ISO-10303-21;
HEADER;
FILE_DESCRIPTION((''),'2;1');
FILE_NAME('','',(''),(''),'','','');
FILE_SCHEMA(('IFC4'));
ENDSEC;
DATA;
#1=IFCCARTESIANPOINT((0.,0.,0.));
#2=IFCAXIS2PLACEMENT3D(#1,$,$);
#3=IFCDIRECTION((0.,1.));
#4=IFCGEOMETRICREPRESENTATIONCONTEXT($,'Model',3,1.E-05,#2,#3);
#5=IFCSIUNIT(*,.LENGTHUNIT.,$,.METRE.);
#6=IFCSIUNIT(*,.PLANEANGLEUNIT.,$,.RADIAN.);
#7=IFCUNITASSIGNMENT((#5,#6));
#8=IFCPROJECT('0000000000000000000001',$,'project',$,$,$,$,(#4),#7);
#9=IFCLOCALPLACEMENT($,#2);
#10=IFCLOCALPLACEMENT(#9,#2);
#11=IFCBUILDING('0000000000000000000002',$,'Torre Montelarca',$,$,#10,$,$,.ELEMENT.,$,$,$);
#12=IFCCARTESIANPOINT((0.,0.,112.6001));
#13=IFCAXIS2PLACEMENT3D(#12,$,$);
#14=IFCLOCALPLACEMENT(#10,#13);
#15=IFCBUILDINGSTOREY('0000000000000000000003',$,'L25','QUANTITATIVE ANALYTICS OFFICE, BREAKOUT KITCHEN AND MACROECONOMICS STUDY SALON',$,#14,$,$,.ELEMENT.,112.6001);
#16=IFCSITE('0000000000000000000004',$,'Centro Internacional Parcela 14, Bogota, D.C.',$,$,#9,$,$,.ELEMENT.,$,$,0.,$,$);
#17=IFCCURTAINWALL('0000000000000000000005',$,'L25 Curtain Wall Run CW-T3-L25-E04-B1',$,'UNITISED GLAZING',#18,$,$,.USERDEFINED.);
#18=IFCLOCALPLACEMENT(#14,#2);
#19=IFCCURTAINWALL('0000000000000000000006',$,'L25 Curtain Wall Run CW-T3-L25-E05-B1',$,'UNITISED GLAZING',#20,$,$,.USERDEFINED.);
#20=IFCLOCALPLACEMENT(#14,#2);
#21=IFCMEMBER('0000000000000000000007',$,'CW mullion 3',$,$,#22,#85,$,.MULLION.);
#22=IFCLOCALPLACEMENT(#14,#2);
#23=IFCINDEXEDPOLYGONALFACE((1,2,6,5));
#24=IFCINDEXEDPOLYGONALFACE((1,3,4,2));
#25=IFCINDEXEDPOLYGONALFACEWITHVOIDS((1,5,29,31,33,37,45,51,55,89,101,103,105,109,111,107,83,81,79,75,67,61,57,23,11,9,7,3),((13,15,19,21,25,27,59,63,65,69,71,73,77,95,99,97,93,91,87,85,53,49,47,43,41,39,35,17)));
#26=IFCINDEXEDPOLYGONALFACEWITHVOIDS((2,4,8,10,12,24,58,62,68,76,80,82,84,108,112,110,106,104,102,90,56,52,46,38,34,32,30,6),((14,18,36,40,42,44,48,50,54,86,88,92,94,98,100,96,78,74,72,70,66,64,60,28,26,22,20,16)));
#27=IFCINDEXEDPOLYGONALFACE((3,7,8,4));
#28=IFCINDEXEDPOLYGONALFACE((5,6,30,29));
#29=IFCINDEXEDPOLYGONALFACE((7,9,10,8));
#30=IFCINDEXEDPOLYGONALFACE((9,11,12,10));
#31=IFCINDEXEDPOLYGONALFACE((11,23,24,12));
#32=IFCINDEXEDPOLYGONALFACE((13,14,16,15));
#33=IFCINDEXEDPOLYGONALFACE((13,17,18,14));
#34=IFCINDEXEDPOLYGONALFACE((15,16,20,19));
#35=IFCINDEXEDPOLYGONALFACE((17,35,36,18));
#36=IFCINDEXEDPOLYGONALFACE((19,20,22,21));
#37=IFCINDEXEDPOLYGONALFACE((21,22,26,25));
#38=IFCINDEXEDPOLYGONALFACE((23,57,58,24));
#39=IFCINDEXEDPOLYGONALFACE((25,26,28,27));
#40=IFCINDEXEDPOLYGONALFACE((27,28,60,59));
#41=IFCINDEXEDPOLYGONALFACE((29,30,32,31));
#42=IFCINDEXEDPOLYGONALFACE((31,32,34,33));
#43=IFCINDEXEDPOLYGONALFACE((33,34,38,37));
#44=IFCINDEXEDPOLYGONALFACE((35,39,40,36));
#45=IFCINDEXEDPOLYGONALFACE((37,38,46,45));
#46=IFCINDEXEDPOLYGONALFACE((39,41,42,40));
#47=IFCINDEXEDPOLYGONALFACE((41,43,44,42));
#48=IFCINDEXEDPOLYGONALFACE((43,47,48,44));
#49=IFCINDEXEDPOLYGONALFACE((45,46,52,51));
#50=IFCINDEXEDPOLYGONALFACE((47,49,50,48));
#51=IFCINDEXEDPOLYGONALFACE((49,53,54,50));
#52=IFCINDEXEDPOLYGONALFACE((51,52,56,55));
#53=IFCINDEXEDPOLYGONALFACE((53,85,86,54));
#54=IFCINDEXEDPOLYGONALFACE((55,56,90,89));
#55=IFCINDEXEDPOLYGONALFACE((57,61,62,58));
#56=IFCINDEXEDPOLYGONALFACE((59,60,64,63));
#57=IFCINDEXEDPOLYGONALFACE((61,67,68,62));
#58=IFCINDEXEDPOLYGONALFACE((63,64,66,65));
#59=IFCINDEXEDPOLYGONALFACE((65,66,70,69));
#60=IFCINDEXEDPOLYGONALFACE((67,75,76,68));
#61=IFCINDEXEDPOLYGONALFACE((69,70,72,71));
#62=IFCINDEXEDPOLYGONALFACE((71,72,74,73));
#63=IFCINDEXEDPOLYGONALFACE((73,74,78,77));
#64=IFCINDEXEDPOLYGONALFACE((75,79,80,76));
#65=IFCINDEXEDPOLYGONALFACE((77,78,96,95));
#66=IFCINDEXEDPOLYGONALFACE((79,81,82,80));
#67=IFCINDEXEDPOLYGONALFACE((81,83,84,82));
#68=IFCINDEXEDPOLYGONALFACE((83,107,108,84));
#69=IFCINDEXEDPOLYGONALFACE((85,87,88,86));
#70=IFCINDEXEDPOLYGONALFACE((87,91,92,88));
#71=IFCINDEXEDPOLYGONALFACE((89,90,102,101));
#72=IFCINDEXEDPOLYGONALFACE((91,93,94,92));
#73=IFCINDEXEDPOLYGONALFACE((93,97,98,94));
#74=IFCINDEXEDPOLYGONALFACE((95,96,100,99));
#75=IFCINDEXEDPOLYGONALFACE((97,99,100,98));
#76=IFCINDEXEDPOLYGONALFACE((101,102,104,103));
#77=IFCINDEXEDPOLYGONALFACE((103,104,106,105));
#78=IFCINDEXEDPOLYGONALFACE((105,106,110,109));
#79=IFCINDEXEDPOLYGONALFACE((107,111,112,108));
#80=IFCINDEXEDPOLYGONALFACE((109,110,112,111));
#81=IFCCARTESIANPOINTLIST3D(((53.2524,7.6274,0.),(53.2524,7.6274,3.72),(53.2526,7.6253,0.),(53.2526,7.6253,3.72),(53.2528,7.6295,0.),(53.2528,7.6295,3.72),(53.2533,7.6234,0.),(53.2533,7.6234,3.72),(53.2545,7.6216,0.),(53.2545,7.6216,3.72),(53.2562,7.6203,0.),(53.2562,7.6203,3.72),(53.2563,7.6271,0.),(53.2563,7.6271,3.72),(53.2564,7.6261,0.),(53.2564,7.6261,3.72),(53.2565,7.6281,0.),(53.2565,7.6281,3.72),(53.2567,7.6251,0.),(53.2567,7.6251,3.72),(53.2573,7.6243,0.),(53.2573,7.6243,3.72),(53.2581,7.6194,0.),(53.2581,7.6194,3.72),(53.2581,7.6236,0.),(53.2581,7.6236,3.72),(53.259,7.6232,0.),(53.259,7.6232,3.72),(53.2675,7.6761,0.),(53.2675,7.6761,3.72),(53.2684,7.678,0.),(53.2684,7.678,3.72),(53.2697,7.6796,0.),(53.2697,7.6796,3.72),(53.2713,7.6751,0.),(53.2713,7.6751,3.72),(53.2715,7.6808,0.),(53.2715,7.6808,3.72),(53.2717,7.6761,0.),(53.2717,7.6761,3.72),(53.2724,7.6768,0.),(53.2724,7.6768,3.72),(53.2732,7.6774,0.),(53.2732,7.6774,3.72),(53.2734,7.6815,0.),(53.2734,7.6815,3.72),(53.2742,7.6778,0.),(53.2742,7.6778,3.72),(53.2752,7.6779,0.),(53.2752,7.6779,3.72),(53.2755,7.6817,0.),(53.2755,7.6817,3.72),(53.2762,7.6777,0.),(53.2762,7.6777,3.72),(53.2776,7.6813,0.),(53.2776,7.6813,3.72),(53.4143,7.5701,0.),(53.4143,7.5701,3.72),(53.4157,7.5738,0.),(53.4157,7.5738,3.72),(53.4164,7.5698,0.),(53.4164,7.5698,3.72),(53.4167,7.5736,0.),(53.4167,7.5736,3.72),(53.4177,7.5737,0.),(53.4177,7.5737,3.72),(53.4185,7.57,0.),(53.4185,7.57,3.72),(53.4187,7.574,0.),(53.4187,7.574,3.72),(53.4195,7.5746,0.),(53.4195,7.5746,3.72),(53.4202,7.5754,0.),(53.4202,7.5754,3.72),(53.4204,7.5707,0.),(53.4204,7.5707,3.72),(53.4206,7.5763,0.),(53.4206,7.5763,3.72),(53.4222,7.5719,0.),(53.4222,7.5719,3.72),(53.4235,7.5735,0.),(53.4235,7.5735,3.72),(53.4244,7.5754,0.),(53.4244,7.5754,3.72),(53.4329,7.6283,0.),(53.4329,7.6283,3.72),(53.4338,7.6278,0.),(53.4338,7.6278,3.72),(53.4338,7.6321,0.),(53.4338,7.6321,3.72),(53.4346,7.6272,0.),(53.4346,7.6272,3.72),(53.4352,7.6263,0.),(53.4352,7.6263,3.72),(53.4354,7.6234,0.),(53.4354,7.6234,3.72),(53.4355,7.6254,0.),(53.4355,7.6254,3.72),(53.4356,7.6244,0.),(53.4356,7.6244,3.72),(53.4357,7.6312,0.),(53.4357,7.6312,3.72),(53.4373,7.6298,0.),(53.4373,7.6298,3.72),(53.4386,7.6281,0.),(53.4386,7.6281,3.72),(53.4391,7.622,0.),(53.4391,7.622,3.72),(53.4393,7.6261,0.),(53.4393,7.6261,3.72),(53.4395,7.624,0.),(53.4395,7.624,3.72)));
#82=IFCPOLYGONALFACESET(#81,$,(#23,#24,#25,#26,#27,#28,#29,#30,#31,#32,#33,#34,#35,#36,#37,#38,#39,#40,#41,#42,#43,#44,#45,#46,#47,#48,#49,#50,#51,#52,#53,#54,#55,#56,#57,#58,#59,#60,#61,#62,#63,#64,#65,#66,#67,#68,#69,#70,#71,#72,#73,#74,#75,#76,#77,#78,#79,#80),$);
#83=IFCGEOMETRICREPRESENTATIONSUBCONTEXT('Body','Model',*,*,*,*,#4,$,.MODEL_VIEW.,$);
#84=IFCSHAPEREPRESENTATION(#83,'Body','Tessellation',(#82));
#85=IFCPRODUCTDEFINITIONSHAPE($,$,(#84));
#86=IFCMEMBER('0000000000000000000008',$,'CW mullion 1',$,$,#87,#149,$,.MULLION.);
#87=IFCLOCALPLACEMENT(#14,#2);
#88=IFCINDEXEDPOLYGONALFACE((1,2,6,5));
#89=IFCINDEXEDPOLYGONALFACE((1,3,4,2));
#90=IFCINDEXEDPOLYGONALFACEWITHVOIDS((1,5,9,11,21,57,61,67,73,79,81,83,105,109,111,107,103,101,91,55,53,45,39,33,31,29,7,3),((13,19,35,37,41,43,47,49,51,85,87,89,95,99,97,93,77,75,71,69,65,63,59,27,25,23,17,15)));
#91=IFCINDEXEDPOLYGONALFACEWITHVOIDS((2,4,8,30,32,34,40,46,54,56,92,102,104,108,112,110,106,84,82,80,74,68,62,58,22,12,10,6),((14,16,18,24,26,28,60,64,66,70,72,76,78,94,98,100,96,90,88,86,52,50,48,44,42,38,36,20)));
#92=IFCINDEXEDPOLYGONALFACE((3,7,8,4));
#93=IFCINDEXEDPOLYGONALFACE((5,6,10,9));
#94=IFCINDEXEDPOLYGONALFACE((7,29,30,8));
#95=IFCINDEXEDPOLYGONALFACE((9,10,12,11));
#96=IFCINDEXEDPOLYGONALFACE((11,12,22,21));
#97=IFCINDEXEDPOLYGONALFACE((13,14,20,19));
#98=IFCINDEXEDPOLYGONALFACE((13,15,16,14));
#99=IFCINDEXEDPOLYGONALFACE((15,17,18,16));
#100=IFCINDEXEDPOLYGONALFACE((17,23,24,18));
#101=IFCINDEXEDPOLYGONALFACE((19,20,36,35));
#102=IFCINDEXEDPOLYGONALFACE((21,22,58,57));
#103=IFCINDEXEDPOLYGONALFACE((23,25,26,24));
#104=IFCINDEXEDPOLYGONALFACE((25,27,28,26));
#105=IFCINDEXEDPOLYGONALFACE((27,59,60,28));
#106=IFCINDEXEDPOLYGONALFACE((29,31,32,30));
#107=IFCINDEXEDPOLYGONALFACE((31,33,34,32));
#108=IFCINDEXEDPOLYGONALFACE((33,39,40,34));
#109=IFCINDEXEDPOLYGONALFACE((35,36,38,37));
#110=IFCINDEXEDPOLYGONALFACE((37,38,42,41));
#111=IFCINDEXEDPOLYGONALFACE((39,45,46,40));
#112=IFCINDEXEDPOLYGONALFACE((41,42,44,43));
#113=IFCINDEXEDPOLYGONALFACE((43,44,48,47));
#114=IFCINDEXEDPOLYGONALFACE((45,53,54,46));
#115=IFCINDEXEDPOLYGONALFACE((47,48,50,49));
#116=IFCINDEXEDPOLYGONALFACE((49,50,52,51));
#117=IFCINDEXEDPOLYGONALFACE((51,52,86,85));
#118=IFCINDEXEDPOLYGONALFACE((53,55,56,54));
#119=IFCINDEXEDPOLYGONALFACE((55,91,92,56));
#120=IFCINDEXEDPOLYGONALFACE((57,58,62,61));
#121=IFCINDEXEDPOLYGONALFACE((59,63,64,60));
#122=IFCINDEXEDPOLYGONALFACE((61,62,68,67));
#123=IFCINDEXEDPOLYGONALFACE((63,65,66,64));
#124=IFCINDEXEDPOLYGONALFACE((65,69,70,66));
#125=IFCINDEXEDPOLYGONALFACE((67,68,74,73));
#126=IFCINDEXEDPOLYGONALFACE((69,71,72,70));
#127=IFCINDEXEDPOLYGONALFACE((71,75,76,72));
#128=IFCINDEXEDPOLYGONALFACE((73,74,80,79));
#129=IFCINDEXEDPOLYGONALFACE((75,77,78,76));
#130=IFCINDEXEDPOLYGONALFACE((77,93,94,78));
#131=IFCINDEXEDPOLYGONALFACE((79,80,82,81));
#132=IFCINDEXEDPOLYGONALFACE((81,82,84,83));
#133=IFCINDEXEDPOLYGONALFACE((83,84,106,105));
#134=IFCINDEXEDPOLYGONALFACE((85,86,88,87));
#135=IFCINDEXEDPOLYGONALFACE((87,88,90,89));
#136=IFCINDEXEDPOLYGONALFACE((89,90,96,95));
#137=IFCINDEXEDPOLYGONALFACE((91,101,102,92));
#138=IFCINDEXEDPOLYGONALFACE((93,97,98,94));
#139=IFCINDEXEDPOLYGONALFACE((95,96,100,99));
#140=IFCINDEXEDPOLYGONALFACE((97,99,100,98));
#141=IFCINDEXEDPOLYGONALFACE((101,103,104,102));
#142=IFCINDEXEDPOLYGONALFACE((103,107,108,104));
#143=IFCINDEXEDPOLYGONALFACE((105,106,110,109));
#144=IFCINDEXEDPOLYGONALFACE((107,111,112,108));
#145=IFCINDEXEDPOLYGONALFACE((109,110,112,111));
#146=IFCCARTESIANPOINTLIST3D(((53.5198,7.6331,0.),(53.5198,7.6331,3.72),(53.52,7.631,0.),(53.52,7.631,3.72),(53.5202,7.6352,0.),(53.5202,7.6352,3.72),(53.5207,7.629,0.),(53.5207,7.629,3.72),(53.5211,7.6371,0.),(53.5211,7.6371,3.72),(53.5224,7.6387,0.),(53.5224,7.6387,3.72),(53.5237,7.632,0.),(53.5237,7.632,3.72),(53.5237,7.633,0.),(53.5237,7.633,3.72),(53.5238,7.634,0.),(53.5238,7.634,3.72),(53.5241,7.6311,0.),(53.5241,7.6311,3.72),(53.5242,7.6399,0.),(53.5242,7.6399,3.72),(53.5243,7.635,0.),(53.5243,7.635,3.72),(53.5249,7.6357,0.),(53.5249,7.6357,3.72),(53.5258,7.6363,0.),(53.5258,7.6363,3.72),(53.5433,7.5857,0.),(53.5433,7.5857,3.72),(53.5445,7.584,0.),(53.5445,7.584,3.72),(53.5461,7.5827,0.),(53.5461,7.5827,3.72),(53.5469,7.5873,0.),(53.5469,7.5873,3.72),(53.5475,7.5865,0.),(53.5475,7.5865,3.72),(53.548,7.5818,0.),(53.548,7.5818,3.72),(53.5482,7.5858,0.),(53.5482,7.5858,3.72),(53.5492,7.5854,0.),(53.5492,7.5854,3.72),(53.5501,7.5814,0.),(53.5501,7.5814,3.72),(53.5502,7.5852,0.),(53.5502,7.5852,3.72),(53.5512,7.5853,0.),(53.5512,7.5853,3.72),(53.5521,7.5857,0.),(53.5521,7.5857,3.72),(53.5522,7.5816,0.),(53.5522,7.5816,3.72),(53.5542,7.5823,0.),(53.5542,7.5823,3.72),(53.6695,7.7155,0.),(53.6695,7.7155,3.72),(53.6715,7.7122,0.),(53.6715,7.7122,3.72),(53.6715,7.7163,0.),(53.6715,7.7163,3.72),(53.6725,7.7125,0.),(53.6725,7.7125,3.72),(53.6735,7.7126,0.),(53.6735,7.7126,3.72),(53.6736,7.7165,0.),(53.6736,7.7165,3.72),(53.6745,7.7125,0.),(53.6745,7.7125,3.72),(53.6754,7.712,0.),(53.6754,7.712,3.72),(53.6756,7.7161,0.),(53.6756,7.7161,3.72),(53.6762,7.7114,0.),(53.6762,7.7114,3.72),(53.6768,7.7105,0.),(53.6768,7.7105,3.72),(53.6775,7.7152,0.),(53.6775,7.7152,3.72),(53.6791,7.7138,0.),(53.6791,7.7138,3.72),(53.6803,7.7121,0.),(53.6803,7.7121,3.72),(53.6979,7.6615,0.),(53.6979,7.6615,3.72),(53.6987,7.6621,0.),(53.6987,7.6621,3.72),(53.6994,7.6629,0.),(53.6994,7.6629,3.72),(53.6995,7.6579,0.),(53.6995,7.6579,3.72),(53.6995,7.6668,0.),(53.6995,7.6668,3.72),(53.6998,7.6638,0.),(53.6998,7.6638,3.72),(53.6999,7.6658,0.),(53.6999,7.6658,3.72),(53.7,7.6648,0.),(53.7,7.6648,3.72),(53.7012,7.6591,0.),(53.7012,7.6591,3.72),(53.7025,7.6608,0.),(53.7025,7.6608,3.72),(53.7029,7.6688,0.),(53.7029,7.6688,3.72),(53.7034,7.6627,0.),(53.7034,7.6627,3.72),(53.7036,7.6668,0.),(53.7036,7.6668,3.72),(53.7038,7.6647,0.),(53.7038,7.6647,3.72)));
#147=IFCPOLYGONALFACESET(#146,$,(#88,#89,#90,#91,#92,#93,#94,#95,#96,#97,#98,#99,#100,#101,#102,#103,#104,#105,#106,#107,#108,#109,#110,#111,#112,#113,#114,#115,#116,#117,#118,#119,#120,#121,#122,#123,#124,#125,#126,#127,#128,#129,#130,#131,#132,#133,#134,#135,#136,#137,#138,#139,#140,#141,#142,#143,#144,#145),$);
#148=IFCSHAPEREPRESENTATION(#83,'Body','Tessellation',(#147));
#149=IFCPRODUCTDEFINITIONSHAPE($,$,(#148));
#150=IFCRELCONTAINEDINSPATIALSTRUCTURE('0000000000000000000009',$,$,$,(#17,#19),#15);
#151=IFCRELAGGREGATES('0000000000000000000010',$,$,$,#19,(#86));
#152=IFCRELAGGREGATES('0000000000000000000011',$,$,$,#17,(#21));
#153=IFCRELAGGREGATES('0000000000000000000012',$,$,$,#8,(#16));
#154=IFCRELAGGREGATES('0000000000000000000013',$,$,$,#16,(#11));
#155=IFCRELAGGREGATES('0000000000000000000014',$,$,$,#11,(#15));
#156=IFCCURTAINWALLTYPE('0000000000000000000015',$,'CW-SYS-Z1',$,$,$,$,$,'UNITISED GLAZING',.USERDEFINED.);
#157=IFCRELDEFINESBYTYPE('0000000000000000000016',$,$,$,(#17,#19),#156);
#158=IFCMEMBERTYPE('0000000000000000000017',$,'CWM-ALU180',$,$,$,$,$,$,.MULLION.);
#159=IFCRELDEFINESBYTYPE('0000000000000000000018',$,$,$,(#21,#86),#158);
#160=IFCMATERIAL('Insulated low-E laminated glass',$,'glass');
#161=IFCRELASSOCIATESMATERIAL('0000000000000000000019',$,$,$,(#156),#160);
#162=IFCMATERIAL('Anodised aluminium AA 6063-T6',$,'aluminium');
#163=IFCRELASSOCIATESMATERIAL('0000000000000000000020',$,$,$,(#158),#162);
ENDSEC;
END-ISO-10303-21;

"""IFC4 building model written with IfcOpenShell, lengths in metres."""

from ifc_helpers import new_model, si_unit, direction, frame, origin, origin_2d, place, context, subcontext, project, spatial, hollow_rectangle, extrude, source, transform, mapped, material, material_profile, profile_set, type_object, element, aggregate, save


model = new_model("IFC4")

# Units and contexts
model_context = context("Model", 3, precision=1e-05, world=origin(), true_north=direction((0.0, 1.0)))
body_context = subcontext(model_context, "Body", "Model", "MODEL_VIEW")
ifc_project = project(units=[si_unit("LENGTHUNIT", "METRE"), si_unit("PLANEANGLEUNIT", "RADIAN")], contexts=[model_context])

# Site, building, storey
site_placement = place(None, origin())
site = spatial("IfcSite", under=ifc_project, at=site_placement, Name="Centro Internacional Parcela 14, Bogota, D.C.", CompositionType="ELEMENT", RefElevation=0.0)
building_placement = place(site_placement, origin())
building = spatial("IfcBuilding", under=site, at=building_placement, Name="Torre Montelarca", CompositionType="ELEMENT")
storey_placement = place(building_placement, frame((0.0, 0.0, 112.6001)))
storey = spatial("IfcBuildingStorey", under=building, at=storey_placement, Name="L25", Description="QUANTITATIVE ANALYTICS OFFICE, BREAKOUT KITCHEN AND MACROECONOMICS STUDY SALON", CompositionType="ELEMENT", Elevation=112.6001)

# Curtain walls
ifc_material_1 = material(Name="Insulated low-E laminated glass", Category="glass")
curtain_wall_type = type_object("IfcCurtainWallType", Name="CW-SYS-Z1", ElementType="UNITISED GLAZING", PredefinedType="USERDEFINED", material=ifc_material_1)
curtain_wall_1_placement = place(storey_placement, origin())
curtain_wall_1 = element("IfcCurtainWall", 1, at=curtain_wall_1_placement, inside=storey, type_object=curtain_wall_type, Name="L25 Curtain Wall Run CW-T3-L25-E04-B1", ObjectType="UNITISED GLAZING", PredefinedType="USERDEFINED")
ifc_material_2 = material(Name="Anodised aluminium AA 6063-T6", Category="aluminium")
curtain_wall_2_placement = place(storey_placement, origin())
curtain_wall_2 = element("IfcCurtainWall", 2, at=curtain_wall_2_placement, inside=storey, type_object=curtain_wall_type, Name="L25 Curtain Wall Run CW-T3-L25-E05-B1", ObjectType="UNITISED GLAZING", PredefinedType="USERDEFINED")

# Members
ifc_material_profile_1 = material_profile(ifc_material_2, hollow_rectangle(XDim=0.0649, YDim=0.1799, WallThickness=0.0039, InnerFilletRadius=0.0039, OuterFilletRadius=0.0081, at=origin_2d()), Name="ALU65X180X4", Category="aluminium")
ifc_profile_set_1 = profile_set([ifc_material_profile_1], Name="Anodised aluminium AA 6063-T6")
member_type_1 = type_object("IfcMemberType", Name="CWM-ALU180", PredefinedType="MULLION", material=ifc_profile_set_1)
shared_shape_1 = source(origin(), body_context, "Body", "SweptSolid", [
    extrude(hollow_rectangle(XDim=0.0649, YDim=0.1799, WallThickness=0.0039, InnerFilletRadius=0.0039, OuterFilletRadius=0.0081, at=origin_2d()), origin(), (0.0, 0.0, 1.0), 3.72),
])
member_1_placement = place(storey_placement, frame((53.3459, 7.6257, 0.0), z_axis=(0.0, 0.0, 1.0), x_axis=(0.300701, 0.953719, 0.0)))
member_1 = element("IfcMember", 3, at=member_1_placement, type_object=member_type_1, Name="CW mullion 3", PredefinedType="MULLION", context=body_context, shape_type="MappedRepresentation", body=[
    mapped(shared_shape_1, transform((0.0, 0.0, 0.0), scale=1.0)),
])
member_2_placement = place(storey_placement, frame((53.6118, 7.6489, 0.0), z_axis=(0.0, 0.0, 1.0), x_axis=(-0.461729, 0.887021, 0.0)))
member_2 = element("IfcMember", 4, at=member_2_placement, type_object=member_type_1, Name="CW mullion 1", PredefinedType="MULLION", context=body_context, shape_type="MappedRepresentation", body=[
    mapped(shared_shape_1, transform((0.0, 0.0, 0.0), scale=1.0)),
])

aggregate(curtain_wall_2, [member_2])
aggregate(curtain_wall_1, [member_1])

save(model, "model.ifc")
